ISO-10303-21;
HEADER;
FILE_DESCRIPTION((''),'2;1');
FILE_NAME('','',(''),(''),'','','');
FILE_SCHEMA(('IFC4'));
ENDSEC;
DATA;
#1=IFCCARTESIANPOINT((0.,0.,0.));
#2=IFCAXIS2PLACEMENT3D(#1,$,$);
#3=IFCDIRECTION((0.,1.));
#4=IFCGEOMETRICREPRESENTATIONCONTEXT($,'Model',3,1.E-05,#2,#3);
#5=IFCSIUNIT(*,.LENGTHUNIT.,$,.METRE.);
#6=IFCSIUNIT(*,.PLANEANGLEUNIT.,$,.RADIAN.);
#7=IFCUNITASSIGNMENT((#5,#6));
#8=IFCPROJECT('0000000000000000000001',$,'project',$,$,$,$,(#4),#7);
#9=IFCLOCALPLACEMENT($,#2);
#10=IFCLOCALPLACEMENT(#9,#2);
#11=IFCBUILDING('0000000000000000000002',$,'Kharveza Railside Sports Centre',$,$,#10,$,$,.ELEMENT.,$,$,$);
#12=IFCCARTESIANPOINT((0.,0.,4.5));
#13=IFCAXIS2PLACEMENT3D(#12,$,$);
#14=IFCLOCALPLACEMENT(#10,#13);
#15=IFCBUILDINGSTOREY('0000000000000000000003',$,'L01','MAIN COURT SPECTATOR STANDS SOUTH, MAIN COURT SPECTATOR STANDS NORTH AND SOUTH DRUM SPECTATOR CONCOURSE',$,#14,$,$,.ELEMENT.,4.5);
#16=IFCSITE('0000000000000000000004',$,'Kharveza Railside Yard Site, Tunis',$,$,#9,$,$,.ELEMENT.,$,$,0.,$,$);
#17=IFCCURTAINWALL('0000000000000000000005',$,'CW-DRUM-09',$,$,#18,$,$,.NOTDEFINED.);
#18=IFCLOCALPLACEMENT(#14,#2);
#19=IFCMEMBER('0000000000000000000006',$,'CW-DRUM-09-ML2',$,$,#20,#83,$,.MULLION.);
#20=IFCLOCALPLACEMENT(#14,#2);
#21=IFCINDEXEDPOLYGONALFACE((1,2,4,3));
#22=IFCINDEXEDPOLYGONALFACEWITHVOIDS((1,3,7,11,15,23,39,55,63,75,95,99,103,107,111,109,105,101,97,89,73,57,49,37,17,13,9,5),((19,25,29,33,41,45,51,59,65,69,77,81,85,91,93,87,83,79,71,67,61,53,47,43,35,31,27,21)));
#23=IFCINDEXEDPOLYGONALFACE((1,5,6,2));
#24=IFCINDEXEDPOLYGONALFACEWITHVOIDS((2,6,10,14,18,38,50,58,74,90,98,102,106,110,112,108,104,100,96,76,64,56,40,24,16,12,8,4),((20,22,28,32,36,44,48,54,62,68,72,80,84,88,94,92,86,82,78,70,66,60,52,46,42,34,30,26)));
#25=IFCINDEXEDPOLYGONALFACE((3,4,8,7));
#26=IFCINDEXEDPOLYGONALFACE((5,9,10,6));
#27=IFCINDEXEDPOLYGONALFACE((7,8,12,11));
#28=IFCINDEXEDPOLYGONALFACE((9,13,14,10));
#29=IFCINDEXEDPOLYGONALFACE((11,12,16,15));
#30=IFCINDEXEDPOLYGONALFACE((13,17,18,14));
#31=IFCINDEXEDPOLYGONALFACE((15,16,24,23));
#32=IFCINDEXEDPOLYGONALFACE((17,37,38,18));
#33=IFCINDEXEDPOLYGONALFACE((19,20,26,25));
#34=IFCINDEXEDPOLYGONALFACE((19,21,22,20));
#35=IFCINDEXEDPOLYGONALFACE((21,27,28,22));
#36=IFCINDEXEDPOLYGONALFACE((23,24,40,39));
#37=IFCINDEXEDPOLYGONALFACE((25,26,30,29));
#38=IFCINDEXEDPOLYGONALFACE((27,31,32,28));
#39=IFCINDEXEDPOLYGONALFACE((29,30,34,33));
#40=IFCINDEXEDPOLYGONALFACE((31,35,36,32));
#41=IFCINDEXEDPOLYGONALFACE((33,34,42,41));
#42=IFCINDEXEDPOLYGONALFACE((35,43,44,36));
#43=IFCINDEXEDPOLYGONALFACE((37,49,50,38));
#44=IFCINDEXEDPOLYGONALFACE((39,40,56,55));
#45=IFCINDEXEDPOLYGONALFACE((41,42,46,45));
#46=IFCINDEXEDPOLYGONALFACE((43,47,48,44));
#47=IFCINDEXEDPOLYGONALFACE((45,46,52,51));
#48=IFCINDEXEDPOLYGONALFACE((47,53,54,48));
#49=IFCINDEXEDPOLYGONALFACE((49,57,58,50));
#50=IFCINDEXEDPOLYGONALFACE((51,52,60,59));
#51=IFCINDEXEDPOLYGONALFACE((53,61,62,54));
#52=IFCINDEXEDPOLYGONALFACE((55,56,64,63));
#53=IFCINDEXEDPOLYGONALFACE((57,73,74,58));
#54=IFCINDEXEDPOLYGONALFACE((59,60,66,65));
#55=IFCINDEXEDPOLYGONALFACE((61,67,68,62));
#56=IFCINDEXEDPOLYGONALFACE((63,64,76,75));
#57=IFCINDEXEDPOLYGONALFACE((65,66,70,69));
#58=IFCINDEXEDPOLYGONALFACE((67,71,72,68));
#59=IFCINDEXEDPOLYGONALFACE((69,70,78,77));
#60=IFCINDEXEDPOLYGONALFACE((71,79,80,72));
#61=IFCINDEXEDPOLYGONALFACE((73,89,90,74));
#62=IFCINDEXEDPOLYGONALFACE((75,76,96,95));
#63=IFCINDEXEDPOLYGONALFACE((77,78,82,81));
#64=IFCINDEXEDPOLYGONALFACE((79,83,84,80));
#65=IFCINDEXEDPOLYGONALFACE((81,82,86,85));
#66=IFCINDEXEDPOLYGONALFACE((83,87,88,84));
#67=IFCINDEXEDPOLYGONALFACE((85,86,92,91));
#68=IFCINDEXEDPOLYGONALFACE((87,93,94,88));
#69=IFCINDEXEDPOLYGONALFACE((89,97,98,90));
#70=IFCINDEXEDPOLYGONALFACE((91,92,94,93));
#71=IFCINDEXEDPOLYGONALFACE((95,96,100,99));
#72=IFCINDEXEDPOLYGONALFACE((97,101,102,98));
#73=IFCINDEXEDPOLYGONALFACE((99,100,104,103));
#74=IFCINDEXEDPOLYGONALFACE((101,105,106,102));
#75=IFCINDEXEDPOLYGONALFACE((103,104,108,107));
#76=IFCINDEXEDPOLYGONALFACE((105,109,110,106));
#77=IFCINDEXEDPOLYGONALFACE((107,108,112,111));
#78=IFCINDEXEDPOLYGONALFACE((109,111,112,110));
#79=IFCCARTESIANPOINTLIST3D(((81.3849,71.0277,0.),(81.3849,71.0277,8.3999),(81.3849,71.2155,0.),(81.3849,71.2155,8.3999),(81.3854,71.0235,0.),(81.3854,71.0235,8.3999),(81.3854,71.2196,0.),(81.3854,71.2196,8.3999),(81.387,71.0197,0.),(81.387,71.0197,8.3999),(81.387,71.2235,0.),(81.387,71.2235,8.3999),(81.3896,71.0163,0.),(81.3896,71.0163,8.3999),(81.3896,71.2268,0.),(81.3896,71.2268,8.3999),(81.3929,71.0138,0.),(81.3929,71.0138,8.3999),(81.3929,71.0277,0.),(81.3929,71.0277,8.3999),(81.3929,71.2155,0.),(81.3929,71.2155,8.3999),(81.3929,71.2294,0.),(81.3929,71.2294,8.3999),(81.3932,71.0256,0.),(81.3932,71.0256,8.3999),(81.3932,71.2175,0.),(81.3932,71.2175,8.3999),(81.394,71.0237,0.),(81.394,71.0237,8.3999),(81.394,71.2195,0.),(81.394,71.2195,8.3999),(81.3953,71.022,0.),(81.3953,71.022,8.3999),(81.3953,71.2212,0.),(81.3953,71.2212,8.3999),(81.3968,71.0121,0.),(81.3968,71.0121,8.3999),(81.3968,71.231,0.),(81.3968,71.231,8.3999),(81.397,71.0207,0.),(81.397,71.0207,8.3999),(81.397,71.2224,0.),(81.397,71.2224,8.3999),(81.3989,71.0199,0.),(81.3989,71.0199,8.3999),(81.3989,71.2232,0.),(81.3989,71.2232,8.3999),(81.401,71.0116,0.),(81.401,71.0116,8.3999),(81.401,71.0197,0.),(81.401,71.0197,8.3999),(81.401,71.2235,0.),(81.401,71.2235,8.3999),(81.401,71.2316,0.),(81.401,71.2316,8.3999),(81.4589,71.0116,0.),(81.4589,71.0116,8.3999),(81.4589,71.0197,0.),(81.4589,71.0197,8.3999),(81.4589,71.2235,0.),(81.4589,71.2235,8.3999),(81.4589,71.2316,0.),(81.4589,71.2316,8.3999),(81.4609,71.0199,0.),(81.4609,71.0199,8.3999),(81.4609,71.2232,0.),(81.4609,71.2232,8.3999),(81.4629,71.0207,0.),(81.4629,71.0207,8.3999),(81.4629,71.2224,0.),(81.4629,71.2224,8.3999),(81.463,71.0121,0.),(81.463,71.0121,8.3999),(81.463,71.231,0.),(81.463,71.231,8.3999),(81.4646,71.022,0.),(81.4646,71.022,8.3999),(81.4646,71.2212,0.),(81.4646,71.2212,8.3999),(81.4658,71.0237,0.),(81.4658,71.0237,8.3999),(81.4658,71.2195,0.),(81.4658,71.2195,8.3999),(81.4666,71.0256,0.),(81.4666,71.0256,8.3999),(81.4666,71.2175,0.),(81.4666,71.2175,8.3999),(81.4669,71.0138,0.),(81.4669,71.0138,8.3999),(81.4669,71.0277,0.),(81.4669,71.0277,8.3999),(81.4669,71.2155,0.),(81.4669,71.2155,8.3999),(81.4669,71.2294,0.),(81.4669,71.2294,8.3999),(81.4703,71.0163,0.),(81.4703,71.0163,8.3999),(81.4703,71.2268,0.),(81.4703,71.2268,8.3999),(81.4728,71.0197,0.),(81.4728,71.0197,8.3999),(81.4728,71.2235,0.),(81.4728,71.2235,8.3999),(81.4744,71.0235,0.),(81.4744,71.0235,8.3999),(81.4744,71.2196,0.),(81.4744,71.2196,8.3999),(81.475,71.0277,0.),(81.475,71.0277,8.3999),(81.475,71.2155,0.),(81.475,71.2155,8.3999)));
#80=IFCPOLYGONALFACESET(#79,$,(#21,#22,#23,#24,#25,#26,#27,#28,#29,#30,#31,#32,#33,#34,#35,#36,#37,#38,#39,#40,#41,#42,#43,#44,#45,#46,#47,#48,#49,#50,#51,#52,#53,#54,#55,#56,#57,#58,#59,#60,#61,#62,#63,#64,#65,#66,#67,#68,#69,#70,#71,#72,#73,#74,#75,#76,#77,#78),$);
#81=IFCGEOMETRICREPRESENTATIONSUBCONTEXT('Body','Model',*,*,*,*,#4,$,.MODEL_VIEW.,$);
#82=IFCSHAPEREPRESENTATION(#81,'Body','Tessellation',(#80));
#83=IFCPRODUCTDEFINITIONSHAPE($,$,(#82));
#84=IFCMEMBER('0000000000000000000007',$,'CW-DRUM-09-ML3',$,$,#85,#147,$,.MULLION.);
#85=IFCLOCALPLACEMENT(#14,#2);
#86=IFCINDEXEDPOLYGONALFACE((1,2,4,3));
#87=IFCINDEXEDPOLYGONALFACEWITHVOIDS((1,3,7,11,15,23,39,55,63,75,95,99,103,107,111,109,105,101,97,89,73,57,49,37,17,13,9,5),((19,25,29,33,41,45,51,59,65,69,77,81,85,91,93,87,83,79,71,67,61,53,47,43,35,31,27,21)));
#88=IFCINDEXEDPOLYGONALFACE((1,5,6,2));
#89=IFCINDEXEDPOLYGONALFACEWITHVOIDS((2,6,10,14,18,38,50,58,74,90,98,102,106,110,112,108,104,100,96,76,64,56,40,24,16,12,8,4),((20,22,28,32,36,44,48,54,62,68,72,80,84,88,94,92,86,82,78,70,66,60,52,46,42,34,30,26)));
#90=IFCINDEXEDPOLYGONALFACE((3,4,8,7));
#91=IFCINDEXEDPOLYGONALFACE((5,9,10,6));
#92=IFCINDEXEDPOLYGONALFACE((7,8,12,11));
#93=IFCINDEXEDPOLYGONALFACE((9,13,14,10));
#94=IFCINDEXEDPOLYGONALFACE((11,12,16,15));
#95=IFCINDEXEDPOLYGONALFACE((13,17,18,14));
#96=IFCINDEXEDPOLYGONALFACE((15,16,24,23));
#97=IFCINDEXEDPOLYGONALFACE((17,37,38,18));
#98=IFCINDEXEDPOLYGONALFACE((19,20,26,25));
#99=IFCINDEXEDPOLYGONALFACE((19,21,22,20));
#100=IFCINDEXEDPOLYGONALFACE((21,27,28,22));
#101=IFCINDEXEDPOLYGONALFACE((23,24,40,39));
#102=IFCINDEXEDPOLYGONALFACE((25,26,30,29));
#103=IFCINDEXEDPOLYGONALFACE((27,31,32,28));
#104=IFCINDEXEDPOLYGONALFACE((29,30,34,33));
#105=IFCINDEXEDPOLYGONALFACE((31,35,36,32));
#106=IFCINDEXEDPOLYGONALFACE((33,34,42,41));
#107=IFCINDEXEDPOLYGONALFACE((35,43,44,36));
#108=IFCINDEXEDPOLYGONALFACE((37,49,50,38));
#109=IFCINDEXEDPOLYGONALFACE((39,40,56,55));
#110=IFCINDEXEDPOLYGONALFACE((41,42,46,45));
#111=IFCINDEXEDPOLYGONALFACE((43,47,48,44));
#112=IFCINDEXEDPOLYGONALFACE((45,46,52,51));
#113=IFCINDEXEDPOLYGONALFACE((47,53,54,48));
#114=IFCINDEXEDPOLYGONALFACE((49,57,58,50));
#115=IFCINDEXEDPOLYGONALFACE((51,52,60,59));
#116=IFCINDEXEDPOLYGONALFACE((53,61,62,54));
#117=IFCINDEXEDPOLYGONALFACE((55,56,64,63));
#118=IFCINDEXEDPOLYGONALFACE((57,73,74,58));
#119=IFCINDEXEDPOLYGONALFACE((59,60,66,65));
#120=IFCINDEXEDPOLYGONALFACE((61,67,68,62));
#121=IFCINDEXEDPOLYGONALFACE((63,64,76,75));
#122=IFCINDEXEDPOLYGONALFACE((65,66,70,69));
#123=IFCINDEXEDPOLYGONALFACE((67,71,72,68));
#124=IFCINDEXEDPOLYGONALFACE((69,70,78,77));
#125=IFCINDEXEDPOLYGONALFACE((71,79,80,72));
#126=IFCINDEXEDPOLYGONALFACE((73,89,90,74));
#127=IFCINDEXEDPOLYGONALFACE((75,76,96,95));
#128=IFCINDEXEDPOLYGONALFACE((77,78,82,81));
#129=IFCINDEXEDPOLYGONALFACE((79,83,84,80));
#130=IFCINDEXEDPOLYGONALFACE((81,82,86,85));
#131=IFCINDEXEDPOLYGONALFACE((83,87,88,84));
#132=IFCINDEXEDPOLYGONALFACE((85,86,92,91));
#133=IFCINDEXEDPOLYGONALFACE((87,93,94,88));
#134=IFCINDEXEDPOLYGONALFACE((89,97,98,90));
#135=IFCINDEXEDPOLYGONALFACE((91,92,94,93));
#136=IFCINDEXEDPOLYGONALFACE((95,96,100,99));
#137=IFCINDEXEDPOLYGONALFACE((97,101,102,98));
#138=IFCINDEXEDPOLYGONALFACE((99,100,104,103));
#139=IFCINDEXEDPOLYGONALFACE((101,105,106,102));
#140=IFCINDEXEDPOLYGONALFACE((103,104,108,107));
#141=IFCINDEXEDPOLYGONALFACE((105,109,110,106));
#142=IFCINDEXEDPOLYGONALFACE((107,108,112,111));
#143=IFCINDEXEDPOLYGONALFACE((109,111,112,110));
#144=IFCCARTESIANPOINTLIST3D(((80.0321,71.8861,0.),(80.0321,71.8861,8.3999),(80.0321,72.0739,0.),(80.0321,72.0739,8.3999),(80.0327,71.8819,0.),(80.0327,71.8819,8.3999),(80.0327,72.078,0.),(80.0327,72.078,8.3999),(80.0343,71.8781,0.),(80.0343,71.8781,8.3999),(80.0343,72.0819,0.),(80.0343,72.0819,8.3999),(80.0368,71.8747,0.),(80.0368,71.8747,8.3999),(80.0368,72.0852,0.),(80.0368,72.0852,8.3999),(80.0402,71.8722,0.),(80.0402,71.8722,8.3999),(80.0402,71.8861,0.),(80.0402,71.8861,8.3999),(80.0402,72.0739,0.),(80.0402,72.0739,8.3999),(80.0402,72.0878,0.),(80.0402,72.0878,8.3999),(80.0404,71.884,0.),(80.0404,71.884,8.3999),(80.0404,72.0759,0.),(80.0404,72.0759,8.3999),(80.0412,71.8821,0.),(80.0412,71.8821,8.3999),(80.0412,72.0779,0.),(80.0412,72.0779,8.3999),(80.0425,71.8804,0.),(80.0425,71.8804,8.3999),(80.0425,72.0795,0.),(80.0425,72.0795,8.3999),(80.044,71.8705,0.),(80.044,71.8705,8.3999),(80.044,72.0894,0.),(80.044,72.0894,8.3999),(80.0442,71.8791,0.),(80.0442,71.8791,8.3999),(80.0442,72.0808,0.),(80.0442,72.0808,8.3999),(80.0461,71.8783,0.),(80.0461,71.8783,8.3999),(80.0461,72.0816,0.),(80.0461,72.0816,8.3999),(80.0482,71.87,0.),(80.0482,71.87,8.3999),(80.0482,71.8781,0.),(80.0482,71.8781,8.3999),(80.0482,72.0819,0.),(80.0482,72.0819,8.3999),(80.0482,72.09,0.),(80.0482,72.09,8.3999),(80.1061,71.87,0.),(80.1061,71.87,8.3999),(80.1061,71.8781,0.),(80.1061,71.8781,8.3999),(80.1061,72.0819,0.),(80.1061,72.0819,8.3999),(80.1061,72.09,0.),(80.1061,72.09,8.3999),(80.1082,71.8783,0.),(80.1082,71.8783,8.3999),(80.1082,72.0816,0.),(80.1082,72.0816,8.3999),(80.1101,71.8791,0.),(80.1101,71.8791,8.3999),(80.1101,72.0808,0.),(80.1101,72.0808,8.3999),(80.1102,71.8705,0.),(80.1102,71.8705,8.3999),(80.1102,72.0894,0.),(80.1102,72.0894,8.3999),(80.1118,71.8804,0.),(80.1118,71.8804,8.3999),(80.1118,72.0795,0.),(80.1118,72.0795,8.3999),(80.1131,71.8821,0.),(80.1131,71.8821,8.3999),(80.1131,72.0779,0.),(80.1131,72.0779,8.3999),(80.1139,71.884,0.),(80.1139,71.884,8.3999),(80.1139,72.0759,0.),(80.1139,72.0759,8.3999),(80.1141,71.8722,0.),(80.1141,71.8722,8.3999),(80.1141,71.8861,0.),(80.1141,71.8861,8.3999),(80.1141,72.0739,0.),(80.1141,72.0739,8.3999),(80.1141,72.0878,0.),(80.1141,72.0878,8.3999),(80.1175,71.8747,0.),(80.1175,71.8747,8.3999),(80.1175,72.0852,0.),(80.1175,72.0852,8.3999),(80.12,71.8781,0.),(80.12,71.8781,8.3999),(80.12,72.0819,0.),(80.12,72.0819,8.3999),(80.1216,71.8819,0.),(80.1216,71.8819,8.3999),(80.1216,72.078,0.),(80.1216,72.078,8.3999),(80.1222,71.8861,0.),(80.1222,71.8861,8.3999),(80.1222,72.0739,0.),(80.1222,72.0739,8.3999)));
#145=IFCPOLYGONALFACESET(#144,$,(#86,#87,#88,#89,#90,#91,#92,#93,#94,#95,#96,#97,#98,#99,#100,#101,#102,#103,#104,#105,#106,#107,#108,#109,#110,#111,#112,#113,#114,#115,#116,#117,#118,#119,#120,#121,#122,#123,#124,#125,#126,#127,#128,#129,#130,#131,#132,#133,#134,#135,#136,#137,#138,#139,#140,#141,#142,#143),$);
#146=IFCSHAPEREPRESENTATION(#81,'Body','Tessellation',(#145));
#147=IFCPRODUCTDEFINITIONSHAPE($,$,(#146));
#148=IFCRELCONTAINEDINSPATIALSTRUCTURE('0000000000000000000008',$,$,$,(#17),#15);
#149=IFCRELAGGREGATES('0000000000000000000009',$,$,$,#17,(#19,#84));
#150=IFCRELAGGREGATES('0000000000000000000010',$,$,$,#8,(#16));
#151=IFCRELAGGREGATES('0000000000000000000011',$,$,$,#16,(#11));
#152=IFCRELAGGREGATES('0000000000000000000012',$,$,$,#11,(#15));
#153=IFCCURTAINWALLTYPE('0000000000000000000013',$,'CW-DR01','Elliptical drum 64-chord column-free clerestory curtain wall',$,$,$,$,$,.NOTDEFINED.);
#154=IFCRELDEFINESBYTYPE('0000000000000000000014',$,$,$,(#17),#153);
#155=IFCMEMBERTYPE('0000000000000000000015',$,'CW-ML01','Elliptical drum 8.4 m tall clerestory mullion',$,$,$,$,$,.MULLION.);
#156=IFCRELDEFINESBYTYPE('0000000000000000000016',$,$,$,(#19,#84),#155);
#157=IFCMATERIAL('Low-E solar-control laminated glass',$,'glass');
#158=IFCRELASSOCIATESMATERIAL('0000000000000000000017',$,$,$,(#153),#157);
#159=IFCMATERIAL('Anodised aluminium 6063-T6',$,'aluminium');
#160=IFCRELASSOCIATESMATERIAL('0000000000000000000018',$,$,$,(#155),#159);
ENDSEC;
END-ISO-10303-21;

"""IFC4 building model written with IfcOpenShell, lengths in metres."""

from ifc_helpers import new_model, si_unit, direction, frame, origin, origin_2d, place, context, subcontext, project, spatial, hollow_rectangle, extrude, material, material_profile, profile_set, type_object, element, aggregate, save


model = new_model("IFC4")

# Units and contexts
model_context = context("Model", 3, precision=1e-05, world=origin(), true_north=direction((0.0, 1.0)))
body_context = subcontext(model_context, "Body", "Model", "MODEL_VIEW")
ifc_project = project(units=[si_unit("LENGTHUNIT", "METRE"), si_unit("PLANEANGLEUNIT", "RADIAN")], contexts=[model_context])

# Site, building, storey
site_placement = place(None, origin())
site = spatial("IfcSite", under=ifc_project, at=site_placement, Name="Kharveza Railside Yard Site, Tunis", CompositionType="ELEMENT", RefElevation=0.0)
building_placement = place(site_placement, origin())
building = spatial("IfcBuilding", under=site, at=building_placement, Name="Kharveza Railside Sports Centre", CompositionType="ELEMENT")
storey_placement = place(building_placement, frame((0.0, 0.0, 4.5)))
storey = spatial("IfcBuildingStorey", under=building, at=storey_placement, Name="L01", Description="MAIN COURT SPECTATOR STANDS SOUTH, MAIN COURT SPECTATOR STANDS NORTH AND SOUTH DRUM SPECTATOR CONCOURSE", CompositionType="ELEMENT", Elevation=4.5)

# Curtain wall, members
ifc_material_1 = material(Name="Low-E solar-control laminated glass", Category="glass")
curtain_wall_type = type_object("IfcCurtainWallType", Name="CW-DR01", Description="Elliptical drum 64-chord column-free clerestory curtain wall", PredefinedType="NOTDEFINED", material=ifc_material_1)
curtain_wall_1_placement = place(storey_placement, origin())
curtain_wall_1 = element("IfcCurtainWall", 1, at=curtain_wall_1_placement, inside=storey, type_object=curtain_wall_type, Name="CW-DRUM-09", PredefinedType="NOTDEFINED")
ifc_material_2 = material(Name="Anodised aluminium 6063-T6", Category="aluminium")
ifc_material_profile_1 = material_profile(ifc_material_2, hollow_rectangle(XDim=0.0901, YDim=0.22, WallThickness=0.0081, InnerFilletRadius=0.0081, OuterFilletRadius=0.0161, at=origin_2d()), Name="RHS 90x220x8.0")
ifc_profile_set_1 = profile_set([ifc_material_profile_1], Name="Anodised aluminium 6063-T6")
member_type_1 = type_object("IfcMemberType", Name="CW-ML01", Description="Elliptical drum 8.4 m tall clerestory mullion", PredefinedType="MULLION", material=ifc_profile_set_1)
member_1_placement = place(storey_placement, frame((81.4299, 71.1216, 0.0), z_axis=(0.0, 0.0, 1.0), x_axis=(1.0, 0.0, 0.0)))
member_1 = element("IfcMember", 2, at=member_1_placement, type_object=member_type_1, Name="CW-DRUM-09-ML2", PredefinedType="MULLION", context=body_context, shape_type="SweptSolid", body=[
    extrude(hollow_rectangle(XDim=0.0901, YDim=0.22, WallThickness=0.0081, InnerFilletRadius=0.0081, OuterFilletRadius=0.0161, at=origin_2d()), origin(), (0.0, 0.0, 1.0), 8.3999),
])
member_2_placement = place(storey_placement, frame((80.0771, 71.98, 0.0), z_axis=(0.0, 0.0, 1.0), x_axis=(1.0, 0.0, 0.0)))
member_2 = element("IfcMember", 3, at=member_2_placement, type_object=member_type_1, Name="CW-DRUM-09-ML3", PredefinedType="MULLION", context=body_context, shape_type="SweptSolid", body=[
    extrude(hollow_rectangle(XDim=0.0901, YDim=0.22, WallThickness=0.0081, InnerFilletRadius=0.0081, OuterFilletRadius=0.0161, at=origin_2d()), origin(), (0.0, 0.0, 1.0), 8.3999),
])

aggregate(curtain_wall_1, [member_1, member_2])

save(model, "model.ifc")
